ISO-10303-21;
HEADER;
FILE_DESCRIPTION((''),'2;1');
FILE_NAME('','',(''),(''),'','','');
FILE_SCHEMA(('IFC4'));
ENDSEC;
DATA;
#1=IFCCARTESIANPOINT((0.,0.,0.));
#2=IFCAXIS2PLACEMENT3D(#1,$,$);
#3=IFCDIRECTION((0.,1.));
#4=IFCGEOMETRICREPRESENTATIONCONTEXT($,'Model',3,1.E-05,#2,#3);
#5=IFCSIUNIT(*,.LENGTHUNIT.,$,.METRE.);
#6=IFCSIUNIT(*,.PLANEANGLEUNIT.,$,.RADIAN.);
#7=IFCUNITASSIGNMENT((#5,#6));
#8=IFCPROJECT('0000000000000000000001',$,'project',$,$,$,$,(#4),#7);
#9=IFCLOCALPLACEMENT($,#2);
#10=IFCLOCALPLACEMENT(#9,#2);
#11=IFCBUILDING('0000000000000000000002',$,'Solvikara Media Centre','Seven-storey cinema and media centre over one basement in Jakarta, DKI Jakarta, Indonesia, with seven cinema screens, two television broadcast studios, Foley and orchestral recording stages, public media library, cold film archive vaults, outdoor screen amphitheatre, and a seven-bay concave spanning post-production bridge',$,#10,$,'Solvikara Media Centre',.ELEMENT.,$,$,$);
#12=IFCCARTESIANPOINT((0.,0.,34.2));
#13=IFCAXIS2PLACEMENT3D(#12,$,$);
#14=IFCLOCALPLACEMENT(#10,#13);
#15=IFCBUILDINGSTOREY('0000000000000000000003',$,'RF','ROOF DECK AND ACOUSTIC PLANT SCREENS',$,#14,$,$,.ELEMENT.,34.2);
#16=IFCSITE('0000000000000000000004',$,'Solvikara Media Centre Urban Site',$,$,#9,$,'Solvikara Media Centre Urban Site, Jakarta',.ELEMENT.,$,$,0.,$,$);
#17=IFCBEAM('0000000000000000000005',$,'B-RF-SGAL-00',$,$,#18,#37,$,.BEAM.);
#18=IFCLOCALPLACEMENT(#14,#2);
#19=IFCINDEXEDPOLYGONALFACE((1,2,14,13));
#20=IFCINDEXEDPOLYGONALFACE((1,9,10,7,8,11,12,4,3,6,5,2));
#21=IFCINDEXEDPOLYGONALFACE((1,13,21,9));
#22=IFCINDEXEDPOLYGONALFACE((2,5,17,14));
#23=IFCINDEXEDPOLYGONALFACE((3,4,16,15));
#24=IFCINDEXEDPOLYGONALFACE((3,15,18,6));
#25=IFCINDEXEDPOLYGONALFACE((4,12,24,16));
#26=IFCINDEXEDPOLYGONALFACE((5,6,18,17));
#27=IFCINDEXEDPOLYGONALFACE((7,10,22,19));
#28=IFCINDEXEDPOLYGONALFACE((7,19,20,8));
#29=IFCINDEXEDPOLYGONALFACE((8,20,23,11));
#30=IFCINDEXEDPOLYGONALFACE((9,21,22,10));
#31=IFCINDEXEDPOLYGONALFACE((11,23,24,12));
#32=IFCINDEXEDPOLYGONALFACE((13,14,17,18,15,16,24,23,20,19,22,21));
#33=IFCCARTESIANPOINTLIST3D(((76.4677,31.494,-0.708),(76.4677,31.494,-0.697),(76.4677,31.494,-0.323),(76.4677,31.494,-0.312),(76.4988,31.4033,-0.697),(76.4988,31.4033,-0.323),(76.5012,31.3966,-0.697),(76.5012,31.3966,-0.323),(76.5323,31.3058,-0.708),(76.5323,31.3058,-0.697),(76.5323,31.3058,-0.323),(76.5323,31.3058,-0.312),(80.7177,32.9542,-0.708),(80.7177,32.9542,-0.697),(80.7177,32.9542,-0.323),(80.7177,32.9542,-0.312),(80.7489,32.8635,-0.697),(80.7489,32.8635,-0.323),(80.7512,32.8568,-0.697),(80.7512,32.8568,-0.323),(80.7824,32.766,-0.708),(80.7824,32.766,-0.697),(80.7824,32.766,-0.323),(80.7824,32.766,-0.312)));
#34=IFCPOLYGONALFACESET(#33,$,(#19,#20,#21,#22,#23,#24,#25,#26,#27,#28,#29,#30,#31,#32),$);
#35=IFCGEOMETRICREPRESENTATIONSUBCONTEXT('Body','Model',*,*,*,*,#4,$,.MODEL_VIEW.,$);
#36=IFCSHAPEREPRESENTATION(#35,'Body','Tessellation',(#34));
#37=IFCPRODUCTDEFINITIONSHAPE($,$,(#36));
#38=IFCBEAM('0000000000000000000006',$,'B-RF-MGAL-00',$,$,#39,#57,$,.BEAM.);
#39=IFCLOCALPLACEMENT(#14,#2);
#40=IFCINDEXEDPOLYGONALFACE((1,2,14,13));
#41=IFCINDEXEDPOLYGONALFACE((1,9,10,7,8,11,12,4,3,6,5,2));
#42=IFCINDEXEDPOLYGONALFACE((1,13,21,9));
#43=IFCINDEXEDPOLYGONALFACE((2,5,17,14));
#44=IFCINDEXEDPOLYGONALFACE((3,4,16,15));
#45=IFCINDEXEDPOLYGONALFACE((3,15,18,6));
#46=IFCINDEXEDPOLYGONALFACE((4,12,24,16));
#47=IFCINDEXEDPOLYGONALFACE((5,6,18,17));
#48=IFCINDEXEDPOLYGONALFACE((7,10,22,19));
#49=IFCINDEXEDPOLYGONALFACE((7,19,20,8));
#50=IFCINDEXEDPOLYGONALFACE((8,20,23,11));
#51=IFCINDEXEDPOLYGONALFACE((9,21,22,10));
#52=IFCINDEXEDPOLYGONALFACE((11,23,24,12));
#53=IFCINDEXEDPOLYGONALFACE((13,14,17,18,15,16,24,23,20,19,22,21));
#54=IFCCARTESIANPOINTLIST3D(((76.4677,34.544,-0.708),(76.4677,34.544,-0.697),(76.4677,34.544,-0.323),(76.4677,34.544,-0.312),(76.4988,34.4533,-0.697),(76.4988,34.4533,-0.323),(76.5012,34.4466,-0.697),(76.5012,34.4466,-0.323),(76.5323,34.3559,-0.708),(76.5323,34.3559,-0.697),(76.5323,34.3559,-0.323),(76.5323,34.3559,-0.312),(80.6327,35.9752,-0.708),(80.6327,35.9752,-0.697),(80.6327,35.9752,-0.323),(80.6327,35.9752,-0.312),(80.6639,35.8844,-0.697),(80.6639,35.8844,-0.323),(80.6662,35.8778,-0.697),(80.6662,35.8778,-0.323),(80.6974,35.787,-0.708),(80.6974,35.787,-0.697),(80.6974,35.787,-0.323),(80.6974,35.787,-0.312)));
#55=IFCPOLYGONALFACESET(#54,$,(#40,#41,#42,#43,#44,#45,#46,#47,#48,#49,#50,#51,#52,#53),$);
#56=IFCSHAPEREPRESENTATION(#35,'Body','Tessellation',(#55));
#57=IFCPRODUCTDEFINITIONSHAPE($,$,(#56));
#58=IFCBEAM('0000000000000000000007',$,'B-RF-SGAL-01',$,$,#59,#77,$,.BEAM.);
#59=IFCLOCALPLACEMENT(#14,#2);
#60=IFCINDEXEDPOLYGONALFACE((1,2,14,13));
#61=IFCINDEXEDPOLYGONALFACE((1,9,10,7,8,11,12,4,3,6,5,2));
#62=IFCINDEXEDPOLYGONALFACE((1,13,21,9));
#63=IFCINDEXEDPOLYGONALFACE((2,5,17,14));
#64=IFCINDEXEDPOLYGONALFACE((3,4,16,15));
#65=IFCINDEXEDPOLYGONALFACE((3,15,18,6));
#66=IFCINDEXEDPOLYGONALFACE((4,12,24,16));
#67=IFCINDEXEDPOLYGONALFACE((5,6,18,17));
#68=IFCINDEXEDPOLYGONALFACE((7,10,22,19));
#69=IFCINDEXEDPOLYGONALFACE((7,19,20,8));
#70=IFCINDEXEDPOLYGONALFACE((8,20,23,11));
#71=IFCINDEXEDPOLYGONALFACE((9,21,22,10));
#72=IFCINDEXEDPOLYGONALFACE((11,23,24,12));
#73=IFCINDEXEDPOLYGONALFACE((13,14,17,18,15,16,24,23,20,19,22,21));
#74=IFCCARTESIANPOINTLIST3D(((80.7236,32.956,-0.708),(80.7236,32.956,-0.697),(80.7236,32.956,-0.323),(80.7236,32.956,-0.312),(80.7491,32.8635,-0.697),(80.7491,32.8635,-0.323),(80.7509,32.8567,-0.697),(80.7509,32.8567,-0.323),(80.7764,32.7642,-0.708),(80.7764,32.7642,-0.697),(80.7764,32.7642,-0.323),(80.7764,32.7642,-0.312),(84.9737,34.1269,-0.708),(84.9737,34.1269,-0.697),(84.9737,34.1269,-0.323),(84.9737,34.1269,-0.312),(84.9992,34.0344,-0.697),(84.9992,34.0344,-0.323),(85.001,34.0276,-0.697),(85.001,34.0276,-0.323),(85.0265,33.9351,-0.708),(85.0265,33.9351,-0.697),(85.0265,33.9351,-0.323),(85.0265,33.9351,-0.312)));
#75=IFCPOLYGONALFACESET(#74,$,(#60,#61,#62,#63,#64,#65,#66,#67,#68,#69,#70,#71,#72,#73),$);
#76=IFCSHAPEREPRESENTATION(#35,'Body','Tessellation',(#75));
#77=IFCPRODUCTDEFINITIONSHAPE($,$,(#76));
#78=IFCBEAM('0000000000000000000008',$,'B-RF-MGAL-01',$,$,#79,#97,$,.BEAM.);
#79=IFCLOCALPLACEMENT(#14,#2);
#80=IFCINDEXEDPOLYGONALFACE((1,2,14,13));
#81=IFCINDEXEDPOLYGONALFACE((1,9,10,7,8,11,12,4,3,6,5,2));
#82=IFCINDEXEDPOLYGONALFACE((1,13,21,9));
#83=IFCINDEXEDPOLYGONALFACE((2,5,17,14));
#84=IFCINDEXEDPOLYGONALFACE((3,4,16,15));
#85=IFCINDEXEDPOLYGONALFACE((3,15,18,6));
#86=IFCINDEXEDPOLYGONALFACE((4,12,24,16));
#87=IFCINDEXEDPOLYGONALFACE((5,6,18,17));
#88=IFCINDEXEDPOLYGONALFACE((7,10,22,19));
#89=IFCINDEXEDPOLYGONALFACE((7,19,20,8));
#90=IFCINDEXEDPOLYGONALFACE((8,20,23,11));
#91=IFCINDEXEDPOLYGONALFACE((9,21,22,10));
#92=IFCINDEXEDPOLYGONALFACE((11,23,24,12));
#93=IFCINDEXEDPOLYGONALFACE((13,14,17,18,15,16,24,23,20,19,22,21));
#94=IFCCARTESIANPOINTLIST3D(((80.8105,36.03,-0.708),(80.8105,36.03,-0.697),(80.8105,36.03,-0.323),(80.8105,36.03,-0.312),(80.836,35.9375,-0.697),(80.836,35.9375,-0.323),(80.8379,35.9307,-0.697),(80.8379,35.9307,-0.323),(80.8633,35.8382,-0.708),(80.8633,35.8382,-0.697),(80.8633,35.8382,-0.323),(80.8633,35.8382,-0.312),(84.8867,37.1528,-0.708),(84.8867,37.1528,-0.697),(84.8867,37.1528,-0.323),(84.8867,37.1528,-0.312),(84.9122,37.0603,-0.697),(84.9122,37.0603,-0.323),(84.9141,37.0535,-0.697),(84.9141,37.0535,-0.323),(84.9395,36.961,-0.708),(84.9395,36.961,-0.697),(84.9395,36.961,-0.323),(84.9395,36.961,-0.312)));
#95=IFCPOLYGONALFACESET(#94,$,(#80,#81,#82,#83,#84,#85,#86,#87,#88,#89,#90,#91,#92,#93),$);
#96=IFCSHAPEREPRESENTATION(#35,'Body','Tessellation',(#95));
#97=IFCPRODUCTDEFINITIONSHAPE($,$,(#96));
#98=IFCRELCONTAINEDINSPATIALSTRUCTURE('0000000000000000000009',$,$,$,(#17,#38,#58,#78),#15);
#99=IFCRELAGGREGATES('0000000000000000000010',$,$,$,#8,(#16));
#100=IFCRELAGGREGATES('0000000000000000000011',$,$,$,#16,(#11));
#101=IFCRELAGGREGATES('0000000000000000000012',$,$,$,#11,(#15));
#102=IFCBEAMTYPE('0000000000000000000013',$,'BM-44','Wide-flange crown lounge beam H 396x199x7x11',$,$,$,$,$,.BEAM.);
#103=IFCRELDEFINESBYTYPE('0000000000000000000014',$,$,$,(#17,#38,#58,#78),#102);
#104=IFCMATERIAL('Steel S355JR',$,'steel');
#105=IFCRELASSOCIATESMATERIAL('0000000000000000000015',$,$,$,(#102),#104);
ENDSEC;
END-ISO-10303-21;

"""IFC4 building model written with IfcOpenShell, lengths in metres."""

from ifc_helpers import new_model, si_unit, direction, frame, origin, origin_2d, place, context, subcontext, project, spatial, i_section, extrude, material, material_profile, profile_set, type_object, element, save


model = new_model("IFC4")

# Units and contexts
model_context = context("Model", 3, precision=1e-05, world=origin(), true_north=direction((0.0, 1.0)))
body_context = subcontext(model_context, "Body", "Model", "MODEL_VIEW")
ifc_project = project(units=[si_unit("LENGTHUNIT", "METRE"), si_unit("PLANEANGLEUNIT", "RADIAN")], contexts=[model_context])

# Site, building, storey
site_placement = place(None, origin())
site = spatial("IfcSite", under=ifc_project, at=site_placement, Name="Solvikara Media Centre Urban Site", LongName="Solvikara Media Centre Urban Site, Jakarta", CompositionType="ELEMENT", RefElevation=0.0)
building_placement = place(site_placement, origin())
building = spatial("IfcBuilding", under=site, at=building_placement, Name="Solvikara Media Centre", Description="Seven-storey cinema and media centre over one basement in Jakarta, DKI Jakarta, Indonesia, with seven cinema screens, two television broadcast studios, Foley and orchestral recording stages, public media library, cold film archive vaults, outdoor screen amphitheatre, and a seven-bay concave spanning post-production bridge", LongName="Solvikara Media Centre", CompositionType="ELEMENT")
storey_placement = place(building_placement, frame((0.0, 0.0, 34.2)))
storey = spatial("IfcBuildingStorey", under=building, at=storey_placement, Name="RF", Description="ROOF DECK AND ACOUSTIC PLANT SCREENS", CompositionType="ELEMENT", Elevation=34.2)

# Beams
ifc_material_1 = material(Name="Steel S355JR", Category="steel")
ifc_material_profile_1 = material_profile(ifc_material_1, i_section(OverallWidth=0.199, OverallDepth=0.396, WebThickness=0.0071, FlangeThickness=0.011, at=origin_2d()), Name="H 396x199x7x11")
ifc_profile_set_1 = profile_set([ifc_material_profile_1], Name="Steel S355JR")
beam_type_1 = type_object("IfcBeamType", Name="BM-44", Description="Wide-flange crown lounge beam H 396x199x7x11", PredefinedType="BEAM", material=ifc_profile_set_1)
beam_1_placement = place(storey_placement, frame((76.5, 31.3999, -0.51), z_axis=(0.945737, 0.324934, 0.0), x_axis=(-0.324934, 0.945737, 0.0)))
element("IfcBeam", 1, at=beam_1_placement, inside=storey, type_object=beam_type_1, Name="B-RF-SGAL-00", PredefinedType="BEAM", context=body_context, shape_type="SweptSolid", body=[
    extrude(i_section(OverallWidth=0.199, OverallDepth=0.396, WebThickness=0.0071, FlangeThickness=0.011, at=origin_2d()), origin(), (0.0, 0.0, 1.0), 4.4939),
])
beam_2_placement = place(storey_placement, frame((76.5, 34.45, -0.51), z_axis=(0.945727, 0.324962, 0.0), x_axis=(-0.324962, 0.945727, 0.0)))
element("IfcBeam", 2, at=beam_2_placement, inside=storey, type_object=beam_type_1, Name="B-RF-MGAL-00", PredefinedType="BEAM", context=body_context, shape_type="SweptSolid", body=[
    extrude(i_section(OverallWidth=0.199, OverallDepth=0.396, WebThickness=0.0071, FlangeThickness=0.011, at=origin_2d()), origin(), (0.0, 0.0, 1.0), 4.4041),
])
beam_3_placement = place(storey_placement, frame((80.75, 32.8601, -0.51), z_axis=(0.964081, 0.26561, 0.0), x_axis=(-0.26561, 0.964081, 0.0)))
element("IfcBeam", 3, at=beam_3_placement, inside=storey, type_object=beam_type_1, Name="B-RF-SGAL-01", PredefinedType="BEAM", context=body_context, shape_type="SweptSolid", body=[
    extrude(i_section(OverallWidth=0.199, OverallDepth=0.396, WebThickness=0.0071, FlangeThickness=0.011, at=origin_2d()), origin(), (0.0, 0.0, 1.0), 4.4084),
])
beam_4_placement = place(storey_placement, frame((80.8369, 35.9341, -0.51), z_axis=(0.964093, 0.265564, 0.0), x_axis=(-0.265564, 0.964093, 0.0)))
element("IfcBeam", 4, at=beam_4_placement, inside=storey, type_object=beam_type_1, Name="B-RF-MGAL-01", PredefinedType="BEAM", context=body_context, shape_type="SweptSolid", body=[
    extrude(i_section(OverallWidth=0.199, OverallDepth=0.396, WebThickness=0.0071, FlangeThickness=0.011, at=origin_2d()), origin(), (0.0, 0.0, 1.0), 4.228),
])

save(model, "model.ifc")
